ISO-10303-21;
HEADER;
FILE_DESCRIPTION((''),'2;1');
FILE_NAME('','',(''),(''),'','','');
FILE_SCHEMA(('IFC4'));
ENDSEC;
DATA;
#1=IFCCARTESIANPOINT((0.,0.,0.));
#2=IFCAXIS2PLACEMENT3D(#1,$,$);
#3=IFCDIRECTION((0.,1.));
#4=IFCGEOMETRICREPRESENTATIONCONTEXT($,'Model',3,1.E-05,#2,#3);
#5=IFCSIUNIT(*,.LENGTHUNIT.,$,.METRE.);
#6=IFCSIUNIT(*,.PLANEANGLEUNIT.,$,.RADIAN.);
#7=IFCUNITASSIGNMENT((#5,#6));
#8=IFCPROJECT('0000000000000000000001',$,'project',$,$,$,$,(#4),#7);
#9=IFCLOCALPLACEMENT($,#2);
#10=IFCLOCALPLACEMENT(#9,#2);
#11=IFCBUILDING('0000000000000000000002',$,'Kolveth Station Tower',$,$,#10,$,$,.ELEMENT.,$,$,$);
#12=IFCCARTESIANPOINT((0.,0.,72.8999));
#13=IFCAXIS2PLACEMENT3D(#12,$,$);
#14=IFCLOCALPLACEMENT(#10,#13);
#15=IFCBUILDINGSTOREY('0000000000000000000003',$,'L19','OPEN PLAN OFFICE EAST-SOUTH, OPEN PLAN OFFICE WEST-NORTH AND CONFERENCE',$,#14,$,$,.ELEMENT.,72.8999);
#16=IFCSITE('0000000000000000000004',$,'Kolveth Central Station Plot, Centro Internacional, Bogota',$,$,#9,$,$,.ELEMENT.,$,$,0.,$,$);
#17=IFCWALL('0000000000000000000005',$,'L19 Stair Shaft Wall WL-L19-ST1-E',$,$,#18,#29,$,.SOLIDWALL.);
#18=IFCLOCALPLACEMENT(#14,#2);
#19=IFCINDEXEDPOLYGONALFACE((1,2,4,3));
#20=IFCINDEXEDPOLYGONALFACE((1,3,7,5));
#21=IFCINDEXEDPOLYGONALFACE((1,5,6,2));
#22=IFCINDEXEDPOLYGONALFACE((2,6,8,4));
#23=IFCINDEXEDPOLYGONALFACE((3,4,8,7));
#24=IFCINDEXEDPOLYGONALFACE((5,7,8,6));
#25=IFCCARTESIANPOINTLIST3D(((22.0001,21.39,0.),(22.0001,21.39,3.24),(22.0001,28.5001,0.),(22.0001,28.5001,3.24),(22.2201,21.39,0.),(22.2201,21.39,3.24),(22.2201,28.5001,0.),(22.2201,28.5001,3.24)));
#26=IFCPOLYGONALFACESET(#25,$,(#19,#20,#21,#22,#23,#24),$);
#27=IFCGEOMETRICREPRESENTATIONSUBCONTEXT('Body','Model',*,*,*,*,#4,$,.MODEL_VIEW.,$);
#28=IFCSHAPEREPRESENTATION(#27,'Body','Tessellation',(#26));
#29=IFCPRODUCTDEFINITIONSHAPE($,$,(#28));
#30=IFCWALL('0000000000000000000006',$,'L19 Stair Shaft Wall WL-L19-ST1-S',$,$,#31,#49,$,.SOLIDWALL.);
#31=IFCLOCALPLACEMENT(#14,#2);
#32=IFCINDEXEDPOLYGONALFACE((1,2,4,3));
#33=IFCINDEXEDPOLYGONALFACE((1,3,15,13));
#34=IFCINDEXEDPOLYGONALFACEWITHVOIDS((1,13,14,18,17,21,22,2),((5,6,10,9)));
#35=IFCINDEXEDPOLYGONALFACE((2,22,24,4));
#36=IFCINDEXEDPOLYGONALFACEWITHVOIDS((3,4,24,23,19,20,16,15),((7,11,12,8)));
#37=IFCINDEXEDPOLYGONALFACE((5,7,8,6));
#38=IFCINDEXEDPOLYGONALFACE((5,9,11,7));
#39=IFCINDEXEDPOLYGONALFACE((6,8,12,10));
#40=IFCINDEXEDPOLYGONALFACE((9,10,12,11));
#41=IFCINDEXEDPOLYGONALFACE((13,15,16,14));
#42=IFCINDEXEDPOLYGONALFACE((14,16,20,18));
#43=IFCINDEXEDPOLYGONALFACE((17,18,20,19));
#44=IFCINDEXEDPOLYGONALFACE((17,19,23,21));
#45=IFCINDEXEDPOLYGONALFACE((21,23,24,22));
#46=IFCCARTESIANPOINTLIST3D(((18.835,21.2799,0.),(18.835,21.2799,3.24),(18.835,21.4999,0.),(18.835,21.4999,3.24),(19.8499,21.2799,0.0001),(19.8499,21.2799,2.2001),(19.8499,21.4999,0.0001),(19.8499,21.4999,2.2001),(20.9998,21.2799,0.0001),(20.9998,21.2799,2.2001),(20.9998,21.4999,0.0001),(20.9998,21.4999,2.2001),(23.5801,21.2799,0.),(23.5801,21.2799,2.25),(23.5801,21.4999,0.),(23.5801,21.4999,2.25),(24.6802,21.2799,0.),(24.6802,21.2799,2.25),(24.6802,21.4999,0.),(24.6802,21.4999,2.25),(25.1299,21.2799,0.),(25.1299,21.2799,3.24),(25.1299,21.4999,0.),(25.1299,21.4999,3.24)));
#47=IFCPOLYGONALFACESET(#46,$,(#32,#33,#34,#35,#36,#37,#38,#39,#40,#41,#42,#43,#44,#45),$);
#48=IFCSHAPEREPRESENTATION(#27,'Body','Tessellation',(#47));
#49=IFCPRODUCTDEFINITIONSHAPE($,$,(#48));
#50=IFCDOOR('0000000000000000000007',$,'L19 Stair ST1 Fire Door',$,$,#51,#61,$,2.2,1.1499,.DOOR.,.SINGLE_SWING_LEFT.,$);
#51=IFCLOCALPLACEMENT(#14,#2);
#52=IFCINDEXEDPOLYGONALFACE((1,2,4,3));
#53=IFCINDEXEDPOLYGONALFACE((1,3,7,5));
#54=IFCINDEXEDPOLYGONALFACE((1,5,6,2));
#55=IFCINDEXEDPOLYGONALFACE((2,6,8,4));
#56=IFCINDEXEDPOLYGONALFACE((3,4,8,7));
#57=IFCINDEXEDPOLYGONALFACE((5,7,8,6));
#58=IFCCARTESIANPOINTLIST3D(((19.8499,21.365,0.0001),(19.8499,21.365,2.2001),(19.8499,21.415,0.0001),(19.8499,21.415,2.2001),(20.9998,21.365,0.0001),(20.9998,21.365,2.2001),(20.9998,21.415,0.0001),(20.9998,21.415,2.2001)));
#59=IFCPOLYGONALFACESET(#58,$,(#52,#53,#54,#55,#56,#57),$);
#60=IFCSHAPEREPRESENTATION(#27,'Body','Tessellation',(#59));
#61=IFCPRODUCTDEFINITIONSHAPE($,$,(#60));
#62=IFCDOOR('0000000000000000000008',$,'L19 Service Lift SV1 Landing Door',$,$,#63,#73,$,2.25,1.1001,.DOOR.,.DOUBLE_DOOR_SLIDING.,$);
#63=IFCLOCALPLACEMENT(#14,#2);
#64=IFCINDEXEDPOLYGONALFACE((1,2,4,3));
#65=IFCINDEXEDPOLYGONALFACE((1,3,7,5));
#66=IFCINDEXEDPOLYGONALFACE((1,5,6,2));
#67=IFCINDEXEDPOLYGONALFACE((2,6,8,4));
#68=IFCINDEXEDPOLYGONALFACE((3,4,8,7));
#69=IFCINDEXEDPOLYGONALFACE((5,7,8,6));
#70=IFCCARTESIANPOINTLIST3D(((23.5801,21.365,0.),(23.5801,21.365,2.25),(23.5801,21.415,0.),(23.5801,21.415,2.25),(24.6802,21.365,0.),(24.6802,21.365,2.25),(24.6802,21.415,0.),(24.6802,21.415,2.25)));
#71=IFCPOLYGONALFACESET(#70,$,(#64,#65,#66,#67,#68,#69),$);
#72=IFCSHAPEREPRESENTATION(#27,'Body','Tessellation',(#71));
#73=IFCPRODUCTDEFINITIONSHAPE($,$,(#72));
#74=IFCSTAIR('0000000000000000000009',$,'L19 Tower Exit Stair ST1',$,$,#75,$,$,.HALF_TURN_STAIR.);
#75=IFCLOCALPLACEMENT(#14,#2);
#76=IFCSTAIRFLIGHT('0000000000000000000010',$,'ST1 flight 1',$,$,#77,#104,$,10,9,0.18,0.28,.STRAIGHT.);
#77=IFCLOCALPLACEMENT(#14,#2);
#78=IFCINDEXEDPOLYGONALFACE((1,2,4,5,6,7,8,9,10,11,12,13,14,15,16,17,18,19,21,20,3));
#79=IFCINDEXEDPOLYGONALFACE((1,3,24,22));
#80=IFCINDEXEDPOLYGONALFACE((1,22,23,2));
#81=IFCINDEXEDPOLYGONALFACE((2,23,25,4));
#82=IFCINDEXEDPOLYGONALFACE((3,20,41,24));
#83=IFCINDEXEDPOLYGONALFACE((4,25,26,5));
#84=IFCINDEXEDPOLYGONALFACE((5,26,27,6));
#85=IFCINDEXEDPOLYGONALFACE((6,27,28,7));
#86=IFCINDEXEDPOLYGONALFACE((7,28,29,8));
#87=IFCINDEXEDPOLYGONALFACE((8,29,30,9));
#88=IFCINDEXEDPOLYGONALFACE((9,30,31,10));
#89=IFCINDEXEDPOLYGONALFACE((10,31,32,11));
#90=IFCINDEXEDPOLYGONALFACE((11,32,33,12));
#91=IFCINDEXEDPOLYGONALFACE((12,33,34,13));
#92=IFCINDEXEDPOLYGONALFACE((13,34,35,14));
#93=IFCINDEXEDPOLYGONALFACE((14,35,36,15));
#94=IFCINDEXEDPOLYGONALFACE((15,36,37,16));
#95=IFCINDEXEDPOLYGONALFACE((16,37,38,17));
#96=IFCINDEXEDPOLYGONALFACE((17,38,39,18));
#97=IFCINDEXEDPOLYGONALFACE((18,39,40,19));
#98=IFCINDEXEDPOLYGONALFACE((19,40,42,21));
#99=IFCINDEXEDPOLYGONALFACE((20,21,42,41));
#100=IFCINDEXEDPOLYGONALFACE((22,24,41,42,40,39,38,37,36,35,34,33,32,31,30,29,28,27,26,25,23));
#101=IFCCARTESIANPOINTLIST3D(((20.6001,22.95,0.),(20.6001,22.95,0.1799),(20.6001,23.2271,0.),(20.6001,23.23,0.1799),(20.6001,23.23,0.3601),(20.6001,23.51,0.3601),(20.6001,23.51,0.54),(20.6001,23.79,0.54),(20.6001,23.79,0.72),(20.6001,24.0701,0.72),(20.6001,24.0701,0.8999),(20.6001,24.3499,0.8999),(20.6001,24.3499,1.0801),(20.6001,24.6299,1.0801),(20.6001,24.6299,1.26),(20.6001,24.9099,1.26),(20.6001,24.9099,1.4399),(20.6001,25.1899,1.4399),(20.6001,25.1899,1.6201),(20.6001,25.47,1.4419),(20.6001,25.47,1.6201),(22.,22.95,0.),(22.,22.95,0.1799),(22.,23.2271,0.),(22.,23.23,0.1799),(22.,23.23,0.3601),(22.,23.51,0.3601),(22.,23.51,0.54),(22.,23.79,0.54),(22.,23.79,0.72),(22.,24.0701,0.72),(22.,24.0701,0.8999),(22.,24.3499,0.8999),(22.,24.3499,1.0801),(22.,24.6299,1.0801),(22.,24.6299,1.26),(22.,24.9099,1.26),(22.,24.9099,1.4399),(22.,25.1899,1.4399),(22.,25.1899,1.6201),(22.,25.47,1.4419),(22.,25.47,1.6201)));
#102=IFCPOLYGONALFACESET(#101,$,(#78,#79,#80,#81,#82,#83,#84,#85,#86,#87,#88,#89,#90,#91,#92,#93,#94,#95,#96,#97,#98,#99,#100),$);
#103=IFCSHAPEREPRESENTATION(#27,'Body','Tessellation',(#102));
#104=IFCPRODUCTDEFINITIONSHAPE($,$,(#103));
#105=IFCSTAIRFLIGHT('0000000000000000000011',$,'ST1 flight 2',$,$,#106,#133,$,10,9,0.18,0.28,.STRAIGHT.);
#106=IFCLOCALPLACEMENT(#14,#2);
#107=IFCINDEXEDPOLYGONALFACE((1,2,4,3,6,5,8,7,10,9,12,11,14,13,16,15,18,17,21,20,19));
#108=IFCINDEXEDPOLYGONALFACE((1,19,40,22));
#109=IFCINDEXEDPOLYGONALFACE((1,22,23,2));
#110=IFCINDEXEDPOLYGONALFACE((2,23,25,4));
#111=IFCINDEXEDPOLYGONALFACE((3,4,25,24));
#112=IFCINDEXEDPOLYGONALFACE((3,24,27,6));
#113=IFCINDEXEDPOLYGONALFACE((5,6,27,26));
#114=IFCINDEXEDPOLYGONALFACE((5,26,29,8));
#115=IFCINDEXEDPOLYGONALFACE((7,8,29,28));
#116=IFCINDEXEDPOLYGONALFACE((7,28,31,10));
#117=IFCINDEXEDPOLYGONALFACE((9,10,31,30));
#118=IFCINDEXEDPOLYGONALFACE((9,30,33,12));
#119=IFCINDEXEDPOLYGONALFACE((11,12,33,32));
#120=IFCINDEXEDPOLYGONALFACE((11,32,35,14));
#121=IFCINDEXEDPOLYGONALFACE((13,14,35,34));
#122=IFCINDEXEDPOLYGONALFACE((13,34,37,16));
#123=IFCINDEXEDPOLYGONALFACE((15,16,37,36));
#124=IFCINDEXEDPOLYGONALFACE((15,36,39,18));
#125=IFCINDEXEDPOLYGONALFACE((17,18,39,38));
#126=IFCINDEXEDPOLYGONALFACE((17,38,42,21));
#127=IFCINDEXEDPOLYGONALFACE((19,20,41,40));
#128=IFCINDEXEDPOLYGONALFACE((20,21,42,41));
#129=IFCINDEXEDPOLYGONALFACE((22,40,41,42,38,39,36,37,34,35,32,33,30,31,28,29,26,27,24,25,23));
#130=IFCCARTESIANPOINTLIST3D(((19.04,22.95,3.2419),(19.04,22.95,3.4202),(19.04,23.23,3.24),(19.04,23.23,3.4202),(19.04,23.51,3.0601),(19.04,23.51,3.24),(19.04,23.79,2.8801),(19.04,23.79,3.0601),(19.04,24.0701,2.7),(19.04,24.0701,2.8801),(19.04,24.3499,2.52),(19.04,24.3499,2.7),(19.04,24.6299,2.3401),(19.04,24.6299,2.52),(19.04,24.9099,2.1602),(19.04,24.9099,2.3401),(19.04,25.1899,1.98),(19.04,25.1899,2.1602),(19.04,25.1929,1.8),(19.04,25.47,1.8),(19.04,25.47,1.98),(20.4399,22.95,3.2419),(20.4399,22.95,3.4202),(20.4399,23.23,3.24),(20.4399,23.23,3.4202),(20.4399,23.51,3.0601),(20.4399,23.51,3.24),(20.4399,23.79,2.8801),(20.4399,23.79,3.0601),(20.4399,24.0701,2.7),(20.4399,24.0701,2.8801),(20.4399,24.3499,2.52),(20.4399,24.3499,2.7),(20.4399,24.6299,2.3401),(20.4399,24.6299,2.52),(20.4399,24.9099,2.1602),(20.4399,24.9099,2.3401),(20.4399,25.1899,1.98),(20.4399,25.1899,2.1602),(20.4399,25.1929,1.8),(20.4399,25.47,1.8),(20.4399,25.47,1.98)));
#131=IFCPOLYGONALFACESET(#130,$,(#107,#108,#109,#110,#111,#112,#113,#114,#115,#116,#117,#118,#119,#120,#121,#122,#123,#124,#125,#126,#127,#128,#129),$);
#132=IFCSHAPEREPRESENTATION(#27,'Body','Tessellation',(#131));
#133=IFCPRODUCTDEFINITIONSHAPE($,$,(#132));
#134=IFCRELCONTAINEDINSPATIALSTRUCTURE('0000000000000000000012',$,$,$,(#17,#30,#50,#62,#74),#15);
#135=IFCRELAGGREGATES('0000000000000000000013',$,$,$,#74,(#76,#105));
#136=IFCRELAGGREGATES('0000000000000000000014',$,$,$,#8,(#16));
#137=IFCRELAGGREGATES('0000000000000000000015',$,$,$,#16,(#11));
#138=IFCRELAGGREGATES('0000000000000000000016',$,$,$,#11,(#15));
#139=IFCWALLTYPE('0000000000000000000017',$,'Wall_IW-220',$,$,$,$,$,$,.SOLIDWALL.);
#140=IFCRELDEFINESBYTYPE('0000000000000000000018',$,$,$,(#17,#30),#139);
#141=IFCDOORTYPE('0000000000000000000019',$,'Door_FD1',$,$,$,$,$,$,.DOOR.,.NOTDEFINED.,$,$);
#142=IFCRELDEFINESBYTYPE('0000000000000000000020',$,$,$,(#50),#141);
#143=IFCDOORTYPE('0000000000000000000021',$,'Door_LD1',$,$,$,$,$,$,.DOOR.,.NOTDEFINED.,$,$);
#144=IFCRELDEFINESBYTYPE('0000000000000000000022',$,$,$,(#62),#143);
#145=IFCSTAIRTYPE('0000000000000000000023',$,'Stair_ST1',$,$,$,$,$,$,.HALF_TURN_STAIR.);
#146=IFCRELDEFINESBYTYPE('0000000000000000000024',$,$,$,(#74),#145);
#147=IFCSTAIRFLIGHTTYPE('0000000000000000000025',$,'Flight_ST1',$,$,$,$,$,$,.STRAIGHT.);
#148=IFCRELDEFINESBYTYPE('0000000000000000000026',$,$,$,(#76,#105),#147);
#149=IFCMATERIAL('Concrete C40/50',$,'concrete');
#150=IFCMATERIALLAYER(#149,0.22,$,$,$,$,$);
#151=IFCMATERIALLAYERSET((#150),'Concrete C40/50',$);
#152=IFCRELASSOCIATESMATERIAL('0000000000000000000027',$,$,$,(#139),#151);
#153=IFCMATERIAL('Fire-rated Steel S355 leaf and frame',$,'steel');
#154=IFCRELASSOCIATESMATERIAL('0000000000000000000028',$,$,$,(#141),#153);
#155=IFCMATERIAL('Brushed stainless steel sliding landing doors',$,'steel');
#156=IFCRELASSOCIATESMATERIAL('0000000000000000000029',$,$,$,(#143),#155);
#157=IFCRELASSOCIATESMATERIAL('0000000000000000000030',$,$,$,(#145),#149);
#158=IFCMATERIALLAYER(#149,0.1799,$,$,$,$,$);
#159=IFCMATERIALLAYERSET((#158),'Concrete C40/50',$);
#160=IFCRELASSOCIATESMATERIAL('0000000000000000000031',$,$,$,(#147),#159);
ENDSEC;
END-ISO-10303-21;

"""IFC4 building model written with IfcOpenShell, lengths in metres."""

from ifc_helpers import new_model, si_unit, direction, frame, frame_2d, origin, place, context, subcontext, project, spatial, polyline, rectangle, outline, extrude, material, layer, layer_set, type_object, element, fill, aggregate, save


model = new_model("IFC4")

# Units and contexts
model_context = context("Model", 3, precision=1e-05, world=origin(), true_north=direction((0.0, 1.0)))
body_context = subcontext(model_context, "Body", "Model", "MODEL_VIEW")
ifc_project = project(units=[si_unit("LENGTHUNIT", "METRE"), si_unit("PLANEANGLEUNIT", "RADIAN")], contexts=[model_context])

# Site, building, storey
site_placement = place(None, origin())
site = spatial("IfcSite", under=ifc_project, at=site_placement, Name="Kolveth Central Station Plot, Centro Internacional, Bogota", CompositionType="ELEMENT", RefElevation=0.0)
building_placement = place(site_placement, origin())
building = spatial("IfcBuilding", under=site, at=building_placement, Name="Kolveth Station Tower", CompositionType="ELEMENT")
storey_placement = place(building_placement, frame((0.0, 0.0, 72.8999)))
storey = spatial("IfcBuildingStorey", under=building, at=storey_placement, Name="L19", Description="OPEN PLAN OFFICE EAST-SOUTH, OPEN PLAN OFFICE WEST-NORTH AND CONFERENCE", CompositionType="ELEMENT", Elevation=72.8999)

# Wall
ifc_material_1 = material(Name="Concrete C40/50", Category="concrete")
ifc_layer_1 = layer(ifc_material_1, 0.22)
ifc_layer_set_1 = layer_set([ifc_layer_1], Name="Concrete C40/50")
wall_type_1 = type_object("IfcWallType", Name="Wall_IW-220", PredefinedType="SOLIDWALL", material=ifc_layer_set_1)
for number, where, z_axis, x_axis, name in (
    (1, (22.1101, 21.3899, 0.0), (0.0, 0.0, 1.0), (0.0, 1.0, 0.0), "L19 Stair Shaft Wall WL-L19-ST1-E"),
):
    element("IfcWall", number, at=place(storey_placement, frame(where, z_axis=z_axis, x_axis=x_axis)), inside=storey, type_object=wall_type_1, Name=name, PredefinedType="SOLIDWALL", context=body_context, shape_type="SweptSolid", body=[
        extrude(rectangle(XDim=7.1101, YDim=0.22, at=frame_2d((3.5552, 0.0))), origin(), (0.0, 0.0, 1.0), 3.24),
    ])

# Wall, openings, doors
wall_1_placement = place(storey_placement, frame((18.835, 21.3899, 0.0), z_axis=(0.0, 0.0, 1.0), x_axis=(1.0, 0.0, 0.0)))
wall_1 = element("IfcWall", 2, at=wall_1_placement, inside=storey, type_object=wall_type_1, Name="L19 Stair Shaft Wall WL-L19-ST1-S", PredefinedType="SOLIDWALL", context=body_context, shape_type="SweptSolid", body=[
    extrude(rectangle(XDim=6.2949, YDim=0.22, at=frame_2d((3.1475, 0.0))), origin(), (0.0, 0.0, 1.0), 3.24),
])
opening_1_placement = place(wall_1_placement, frame((1.0149, 0.0, 0.0)))
opening_1 = element("IfcOpeningElement", 3, at=opening_1_placement, cuts=wall_1, PredefinedType="OPENING", context=body_context, shape_type="SweptSolid", body=[
    extrude(rectangle(XDim=1.1499, YDim=2.2, at=frame_2d((0.575, 1.1001))), frame((0.0, 0.1199, 0.0), z_axis=(0.0, -1.0, 0.0), x_axis=(1.0, 0.0, 0.0)), (0.0, 0.0, 1.0), 0.24),
])
opening_2_placement = place(wall_1_placement, frame((4.7451, 0.0, 0.0)))
opening_2 = element("IfcOpeningElement", 4, at=opening_2_placement, cuts=wall_1, PredefinedType="OPENING", context=body_context, shape_type="SweptSolid", body=[
    extrude(rectangle(XDim=1.1001, YDim=2.25, at=frame_2d((0.55, 1.125))), frame((0.0, 0.1199, 0.0), z_axis=(0.0, -1.0, 0.0), x_axis=(1.0, 0.0, 0.0)), (0.0, 0.0, 1.0), 0.24),
])
ifc_material_2 = material(Name="Fire-rated Steel S355 leaf and frame", Category="steel")
door_type_1 = type_object("IfcDoorType", Name="Door_FD1", OperationType="NOTDEFINED", PredefinedType="DOOR", material=ifc_material_2)
door_1_placement = place(opening_1_placement, frame((1.1499, 0.0, 0.0), z_axis=(0.0, 0.0, 1.0), x_axis=(-1.0, 0.0, 0.0)))
door_1 = element("IfcDoor", 5, at=door_1_placement, inside=storey, type_object=door_type_1, Name="L19 Stair ST1 Fire Door", OperationType="SINGLE_SWING_LEFT", OverallHeight=2.2, OverallWidth=1.1499, PredefinedType="DOOR", context=body_context, shape_type="SweptSolid", body=[
    extrude(rectangle(XDim=1.1499, YDim=2.2, at=frame_2d((0.575, 1.1001))), frame((0.0, 0.0249, 0.0), z_axis=(0.0, -1.0, 0.0), x_axis=(1.0, 0.0, 0.0)), (0.0, 0.0, 1.0), 0.05),
])
fill(opening_1, door_1)
ifc_material_3 = material(Name="Brushed stainless steel sliding landing doors", Category="steel")
door_type_2 = type_object("IfcDoorType", Name="Door_LD1", OperationType="NOTDEFINED", PredefinedType="DOOR", material=ifc_material_3)
door_2_placement = place(opening_2_placement, frame((1.1001, 0.0, 0.0), z_axis=(0.0, 0.0, 1.0), x_axis=(-1.0, 0.0, 0.0)))
door_2 = element("IfcDoor", 6, at=door_2_placement, inside=storey, type_object=door_type_2, Name="L19 Service Lift SV1 Landing Door", OperationType="DOUBLE_DOOR_SLIDING", OverallHeight=2.25, OverallWidth=1.1001, PredefinedType="DOOR", context=body_context, shape_type="SweptSolid", body=[
    extrude(rectangle(XDim=1.1001, YDim=2.25, at=frame_2d((0.55, 1.125))), frame((0.0, 0.0249, 0.0), z_axis=(0.0, -1.0, 0.0), x_axis=(1.0, 0.0, 0.0)), (0.0, 0.0, 1.0), 0.05),
])
fill(opening_2, door_2)

# Stair, stair flights
stair_type = type_object("IfcStairType", Name="Stair_ST1", PredefinedType="HALF_TURN_STAIR", material=ifc_material_1)
stair_placement = place(storey_placement, origin())
stair = element("IfcStair", 7, at=stair_placement, inside=storey, type_object=stair_type, Name="L19 Tower Exit Stair ST1", PredefinedType="HALF_TURN_STAIR")
ifc_layer_2 = layer(ifc_material_1, 0.1799)
ifc_layer_set_2 = layer_set([ifc_layer_2], Name="Concrete C40/50")
stair_flight_type = type_object("IfcStairFlightType", Name="Flight_ST1", PredefinedType="STRAIGHT", material=ifc_layer_set_2)
stair_flight_1_placement = place(storey_placement, frame((21.3, 22.95, 0.0), z_axis=(0.0, 0.0, 1.0), x_axis=(0.0, 1.0, 0.0)))
stair_flight_1 = element("IfcStairFlight", 8, at=stair_flight_1_placement, type_object=stair_flight_type, Name="ST1 flight 1", NumberOfRisers=10, NumberOfTreads=9, PredefinedType="STRAIGHT", RiserHeight=0.18, TreadLength=0.28, context=body_context, shape_type="SweptSolid", body=[
    extrude(outline(polyline([(0.0, 0.0), (0.0, 0.1799), (0.28, 0.1799), (0.28, 0.3601), (0.5601, 0.3601), (0.5601, 0.54), (0.8401, 0.54), (0.8401, 0.72), (1.1201, 0.72), (1.1201, 0.8999), (1.3999, 0.8999), (1.3999, 1.0801), (1.6799, 1.0801), (1.6799, 1.26), (1.96, 1.26), (1.96, 1.4399), (2.24, 1.4399), (2.24, 1.6201), (2.52, 1.6201), (2.52, 1.8), (2.52, 1.4419), (0.2771, 0.0), (0.0, 0.0)])), frame((0.0, 0.7, 0.0), z_axis=(0.0, -1.0, 0.0), x_axis=(1.0, 0.0, 0.0)), (0.0, 0.0, 1.0), 1.3999),
])
stair_flight_2_placement = place(storey_placement, frame((19.74, 25.47, 1.8), z_axis=(0.0, 0.0, 1.0), x_axis=(0.0, -1.0, 0.0)))
stair_flight_2 = element("IfcStairFlight", 9, at=stair_flight_2_placement, type_object=stair_flight_type, Name="ST1 flight 2", NumberOfRisers=10, NumberOfTreads=9, PredefinedType="STRAIGHT", RiserHeight=0.18, TreadLength=0.28, context=body_context, shape_type="SweptSolid", body=[
    extrude(outline(polyline([(0.0, 0.0), (0.0, 0.1799), (0.28, 0.1799), (0.28, 0.3601), (0.5601, 0.3601), (0.5601, 0.54), (0.8401, 0.54), (0.8401, 0.72), (1.1201, 0.72), (1.1201, 0.8999), (1.3999, 0.8999), (1.3999, 1.0801), (1.6799, 1.0801), (1.6799, 1.26), (1.96, 1.26), (1.96, 1.4399), (2.24, 1.4399), (2.24, 1.6201), (2.52, 1.6201), (2.52, 1.8), (2.52, 1.4419), (0.2771, 0.0), (0.0, 0.0)])), frame((0.0, 0.7, 0.0), z_axis=(0.0, -1.0, 0.0), x_axis=(1.0, 0.0, 0.0)), (0.0, 0.0, 1.0), 1.3999),
])
aggregate(stair, [stair_flight_1, stair_flight_2])

save(model, "model.ifc")
